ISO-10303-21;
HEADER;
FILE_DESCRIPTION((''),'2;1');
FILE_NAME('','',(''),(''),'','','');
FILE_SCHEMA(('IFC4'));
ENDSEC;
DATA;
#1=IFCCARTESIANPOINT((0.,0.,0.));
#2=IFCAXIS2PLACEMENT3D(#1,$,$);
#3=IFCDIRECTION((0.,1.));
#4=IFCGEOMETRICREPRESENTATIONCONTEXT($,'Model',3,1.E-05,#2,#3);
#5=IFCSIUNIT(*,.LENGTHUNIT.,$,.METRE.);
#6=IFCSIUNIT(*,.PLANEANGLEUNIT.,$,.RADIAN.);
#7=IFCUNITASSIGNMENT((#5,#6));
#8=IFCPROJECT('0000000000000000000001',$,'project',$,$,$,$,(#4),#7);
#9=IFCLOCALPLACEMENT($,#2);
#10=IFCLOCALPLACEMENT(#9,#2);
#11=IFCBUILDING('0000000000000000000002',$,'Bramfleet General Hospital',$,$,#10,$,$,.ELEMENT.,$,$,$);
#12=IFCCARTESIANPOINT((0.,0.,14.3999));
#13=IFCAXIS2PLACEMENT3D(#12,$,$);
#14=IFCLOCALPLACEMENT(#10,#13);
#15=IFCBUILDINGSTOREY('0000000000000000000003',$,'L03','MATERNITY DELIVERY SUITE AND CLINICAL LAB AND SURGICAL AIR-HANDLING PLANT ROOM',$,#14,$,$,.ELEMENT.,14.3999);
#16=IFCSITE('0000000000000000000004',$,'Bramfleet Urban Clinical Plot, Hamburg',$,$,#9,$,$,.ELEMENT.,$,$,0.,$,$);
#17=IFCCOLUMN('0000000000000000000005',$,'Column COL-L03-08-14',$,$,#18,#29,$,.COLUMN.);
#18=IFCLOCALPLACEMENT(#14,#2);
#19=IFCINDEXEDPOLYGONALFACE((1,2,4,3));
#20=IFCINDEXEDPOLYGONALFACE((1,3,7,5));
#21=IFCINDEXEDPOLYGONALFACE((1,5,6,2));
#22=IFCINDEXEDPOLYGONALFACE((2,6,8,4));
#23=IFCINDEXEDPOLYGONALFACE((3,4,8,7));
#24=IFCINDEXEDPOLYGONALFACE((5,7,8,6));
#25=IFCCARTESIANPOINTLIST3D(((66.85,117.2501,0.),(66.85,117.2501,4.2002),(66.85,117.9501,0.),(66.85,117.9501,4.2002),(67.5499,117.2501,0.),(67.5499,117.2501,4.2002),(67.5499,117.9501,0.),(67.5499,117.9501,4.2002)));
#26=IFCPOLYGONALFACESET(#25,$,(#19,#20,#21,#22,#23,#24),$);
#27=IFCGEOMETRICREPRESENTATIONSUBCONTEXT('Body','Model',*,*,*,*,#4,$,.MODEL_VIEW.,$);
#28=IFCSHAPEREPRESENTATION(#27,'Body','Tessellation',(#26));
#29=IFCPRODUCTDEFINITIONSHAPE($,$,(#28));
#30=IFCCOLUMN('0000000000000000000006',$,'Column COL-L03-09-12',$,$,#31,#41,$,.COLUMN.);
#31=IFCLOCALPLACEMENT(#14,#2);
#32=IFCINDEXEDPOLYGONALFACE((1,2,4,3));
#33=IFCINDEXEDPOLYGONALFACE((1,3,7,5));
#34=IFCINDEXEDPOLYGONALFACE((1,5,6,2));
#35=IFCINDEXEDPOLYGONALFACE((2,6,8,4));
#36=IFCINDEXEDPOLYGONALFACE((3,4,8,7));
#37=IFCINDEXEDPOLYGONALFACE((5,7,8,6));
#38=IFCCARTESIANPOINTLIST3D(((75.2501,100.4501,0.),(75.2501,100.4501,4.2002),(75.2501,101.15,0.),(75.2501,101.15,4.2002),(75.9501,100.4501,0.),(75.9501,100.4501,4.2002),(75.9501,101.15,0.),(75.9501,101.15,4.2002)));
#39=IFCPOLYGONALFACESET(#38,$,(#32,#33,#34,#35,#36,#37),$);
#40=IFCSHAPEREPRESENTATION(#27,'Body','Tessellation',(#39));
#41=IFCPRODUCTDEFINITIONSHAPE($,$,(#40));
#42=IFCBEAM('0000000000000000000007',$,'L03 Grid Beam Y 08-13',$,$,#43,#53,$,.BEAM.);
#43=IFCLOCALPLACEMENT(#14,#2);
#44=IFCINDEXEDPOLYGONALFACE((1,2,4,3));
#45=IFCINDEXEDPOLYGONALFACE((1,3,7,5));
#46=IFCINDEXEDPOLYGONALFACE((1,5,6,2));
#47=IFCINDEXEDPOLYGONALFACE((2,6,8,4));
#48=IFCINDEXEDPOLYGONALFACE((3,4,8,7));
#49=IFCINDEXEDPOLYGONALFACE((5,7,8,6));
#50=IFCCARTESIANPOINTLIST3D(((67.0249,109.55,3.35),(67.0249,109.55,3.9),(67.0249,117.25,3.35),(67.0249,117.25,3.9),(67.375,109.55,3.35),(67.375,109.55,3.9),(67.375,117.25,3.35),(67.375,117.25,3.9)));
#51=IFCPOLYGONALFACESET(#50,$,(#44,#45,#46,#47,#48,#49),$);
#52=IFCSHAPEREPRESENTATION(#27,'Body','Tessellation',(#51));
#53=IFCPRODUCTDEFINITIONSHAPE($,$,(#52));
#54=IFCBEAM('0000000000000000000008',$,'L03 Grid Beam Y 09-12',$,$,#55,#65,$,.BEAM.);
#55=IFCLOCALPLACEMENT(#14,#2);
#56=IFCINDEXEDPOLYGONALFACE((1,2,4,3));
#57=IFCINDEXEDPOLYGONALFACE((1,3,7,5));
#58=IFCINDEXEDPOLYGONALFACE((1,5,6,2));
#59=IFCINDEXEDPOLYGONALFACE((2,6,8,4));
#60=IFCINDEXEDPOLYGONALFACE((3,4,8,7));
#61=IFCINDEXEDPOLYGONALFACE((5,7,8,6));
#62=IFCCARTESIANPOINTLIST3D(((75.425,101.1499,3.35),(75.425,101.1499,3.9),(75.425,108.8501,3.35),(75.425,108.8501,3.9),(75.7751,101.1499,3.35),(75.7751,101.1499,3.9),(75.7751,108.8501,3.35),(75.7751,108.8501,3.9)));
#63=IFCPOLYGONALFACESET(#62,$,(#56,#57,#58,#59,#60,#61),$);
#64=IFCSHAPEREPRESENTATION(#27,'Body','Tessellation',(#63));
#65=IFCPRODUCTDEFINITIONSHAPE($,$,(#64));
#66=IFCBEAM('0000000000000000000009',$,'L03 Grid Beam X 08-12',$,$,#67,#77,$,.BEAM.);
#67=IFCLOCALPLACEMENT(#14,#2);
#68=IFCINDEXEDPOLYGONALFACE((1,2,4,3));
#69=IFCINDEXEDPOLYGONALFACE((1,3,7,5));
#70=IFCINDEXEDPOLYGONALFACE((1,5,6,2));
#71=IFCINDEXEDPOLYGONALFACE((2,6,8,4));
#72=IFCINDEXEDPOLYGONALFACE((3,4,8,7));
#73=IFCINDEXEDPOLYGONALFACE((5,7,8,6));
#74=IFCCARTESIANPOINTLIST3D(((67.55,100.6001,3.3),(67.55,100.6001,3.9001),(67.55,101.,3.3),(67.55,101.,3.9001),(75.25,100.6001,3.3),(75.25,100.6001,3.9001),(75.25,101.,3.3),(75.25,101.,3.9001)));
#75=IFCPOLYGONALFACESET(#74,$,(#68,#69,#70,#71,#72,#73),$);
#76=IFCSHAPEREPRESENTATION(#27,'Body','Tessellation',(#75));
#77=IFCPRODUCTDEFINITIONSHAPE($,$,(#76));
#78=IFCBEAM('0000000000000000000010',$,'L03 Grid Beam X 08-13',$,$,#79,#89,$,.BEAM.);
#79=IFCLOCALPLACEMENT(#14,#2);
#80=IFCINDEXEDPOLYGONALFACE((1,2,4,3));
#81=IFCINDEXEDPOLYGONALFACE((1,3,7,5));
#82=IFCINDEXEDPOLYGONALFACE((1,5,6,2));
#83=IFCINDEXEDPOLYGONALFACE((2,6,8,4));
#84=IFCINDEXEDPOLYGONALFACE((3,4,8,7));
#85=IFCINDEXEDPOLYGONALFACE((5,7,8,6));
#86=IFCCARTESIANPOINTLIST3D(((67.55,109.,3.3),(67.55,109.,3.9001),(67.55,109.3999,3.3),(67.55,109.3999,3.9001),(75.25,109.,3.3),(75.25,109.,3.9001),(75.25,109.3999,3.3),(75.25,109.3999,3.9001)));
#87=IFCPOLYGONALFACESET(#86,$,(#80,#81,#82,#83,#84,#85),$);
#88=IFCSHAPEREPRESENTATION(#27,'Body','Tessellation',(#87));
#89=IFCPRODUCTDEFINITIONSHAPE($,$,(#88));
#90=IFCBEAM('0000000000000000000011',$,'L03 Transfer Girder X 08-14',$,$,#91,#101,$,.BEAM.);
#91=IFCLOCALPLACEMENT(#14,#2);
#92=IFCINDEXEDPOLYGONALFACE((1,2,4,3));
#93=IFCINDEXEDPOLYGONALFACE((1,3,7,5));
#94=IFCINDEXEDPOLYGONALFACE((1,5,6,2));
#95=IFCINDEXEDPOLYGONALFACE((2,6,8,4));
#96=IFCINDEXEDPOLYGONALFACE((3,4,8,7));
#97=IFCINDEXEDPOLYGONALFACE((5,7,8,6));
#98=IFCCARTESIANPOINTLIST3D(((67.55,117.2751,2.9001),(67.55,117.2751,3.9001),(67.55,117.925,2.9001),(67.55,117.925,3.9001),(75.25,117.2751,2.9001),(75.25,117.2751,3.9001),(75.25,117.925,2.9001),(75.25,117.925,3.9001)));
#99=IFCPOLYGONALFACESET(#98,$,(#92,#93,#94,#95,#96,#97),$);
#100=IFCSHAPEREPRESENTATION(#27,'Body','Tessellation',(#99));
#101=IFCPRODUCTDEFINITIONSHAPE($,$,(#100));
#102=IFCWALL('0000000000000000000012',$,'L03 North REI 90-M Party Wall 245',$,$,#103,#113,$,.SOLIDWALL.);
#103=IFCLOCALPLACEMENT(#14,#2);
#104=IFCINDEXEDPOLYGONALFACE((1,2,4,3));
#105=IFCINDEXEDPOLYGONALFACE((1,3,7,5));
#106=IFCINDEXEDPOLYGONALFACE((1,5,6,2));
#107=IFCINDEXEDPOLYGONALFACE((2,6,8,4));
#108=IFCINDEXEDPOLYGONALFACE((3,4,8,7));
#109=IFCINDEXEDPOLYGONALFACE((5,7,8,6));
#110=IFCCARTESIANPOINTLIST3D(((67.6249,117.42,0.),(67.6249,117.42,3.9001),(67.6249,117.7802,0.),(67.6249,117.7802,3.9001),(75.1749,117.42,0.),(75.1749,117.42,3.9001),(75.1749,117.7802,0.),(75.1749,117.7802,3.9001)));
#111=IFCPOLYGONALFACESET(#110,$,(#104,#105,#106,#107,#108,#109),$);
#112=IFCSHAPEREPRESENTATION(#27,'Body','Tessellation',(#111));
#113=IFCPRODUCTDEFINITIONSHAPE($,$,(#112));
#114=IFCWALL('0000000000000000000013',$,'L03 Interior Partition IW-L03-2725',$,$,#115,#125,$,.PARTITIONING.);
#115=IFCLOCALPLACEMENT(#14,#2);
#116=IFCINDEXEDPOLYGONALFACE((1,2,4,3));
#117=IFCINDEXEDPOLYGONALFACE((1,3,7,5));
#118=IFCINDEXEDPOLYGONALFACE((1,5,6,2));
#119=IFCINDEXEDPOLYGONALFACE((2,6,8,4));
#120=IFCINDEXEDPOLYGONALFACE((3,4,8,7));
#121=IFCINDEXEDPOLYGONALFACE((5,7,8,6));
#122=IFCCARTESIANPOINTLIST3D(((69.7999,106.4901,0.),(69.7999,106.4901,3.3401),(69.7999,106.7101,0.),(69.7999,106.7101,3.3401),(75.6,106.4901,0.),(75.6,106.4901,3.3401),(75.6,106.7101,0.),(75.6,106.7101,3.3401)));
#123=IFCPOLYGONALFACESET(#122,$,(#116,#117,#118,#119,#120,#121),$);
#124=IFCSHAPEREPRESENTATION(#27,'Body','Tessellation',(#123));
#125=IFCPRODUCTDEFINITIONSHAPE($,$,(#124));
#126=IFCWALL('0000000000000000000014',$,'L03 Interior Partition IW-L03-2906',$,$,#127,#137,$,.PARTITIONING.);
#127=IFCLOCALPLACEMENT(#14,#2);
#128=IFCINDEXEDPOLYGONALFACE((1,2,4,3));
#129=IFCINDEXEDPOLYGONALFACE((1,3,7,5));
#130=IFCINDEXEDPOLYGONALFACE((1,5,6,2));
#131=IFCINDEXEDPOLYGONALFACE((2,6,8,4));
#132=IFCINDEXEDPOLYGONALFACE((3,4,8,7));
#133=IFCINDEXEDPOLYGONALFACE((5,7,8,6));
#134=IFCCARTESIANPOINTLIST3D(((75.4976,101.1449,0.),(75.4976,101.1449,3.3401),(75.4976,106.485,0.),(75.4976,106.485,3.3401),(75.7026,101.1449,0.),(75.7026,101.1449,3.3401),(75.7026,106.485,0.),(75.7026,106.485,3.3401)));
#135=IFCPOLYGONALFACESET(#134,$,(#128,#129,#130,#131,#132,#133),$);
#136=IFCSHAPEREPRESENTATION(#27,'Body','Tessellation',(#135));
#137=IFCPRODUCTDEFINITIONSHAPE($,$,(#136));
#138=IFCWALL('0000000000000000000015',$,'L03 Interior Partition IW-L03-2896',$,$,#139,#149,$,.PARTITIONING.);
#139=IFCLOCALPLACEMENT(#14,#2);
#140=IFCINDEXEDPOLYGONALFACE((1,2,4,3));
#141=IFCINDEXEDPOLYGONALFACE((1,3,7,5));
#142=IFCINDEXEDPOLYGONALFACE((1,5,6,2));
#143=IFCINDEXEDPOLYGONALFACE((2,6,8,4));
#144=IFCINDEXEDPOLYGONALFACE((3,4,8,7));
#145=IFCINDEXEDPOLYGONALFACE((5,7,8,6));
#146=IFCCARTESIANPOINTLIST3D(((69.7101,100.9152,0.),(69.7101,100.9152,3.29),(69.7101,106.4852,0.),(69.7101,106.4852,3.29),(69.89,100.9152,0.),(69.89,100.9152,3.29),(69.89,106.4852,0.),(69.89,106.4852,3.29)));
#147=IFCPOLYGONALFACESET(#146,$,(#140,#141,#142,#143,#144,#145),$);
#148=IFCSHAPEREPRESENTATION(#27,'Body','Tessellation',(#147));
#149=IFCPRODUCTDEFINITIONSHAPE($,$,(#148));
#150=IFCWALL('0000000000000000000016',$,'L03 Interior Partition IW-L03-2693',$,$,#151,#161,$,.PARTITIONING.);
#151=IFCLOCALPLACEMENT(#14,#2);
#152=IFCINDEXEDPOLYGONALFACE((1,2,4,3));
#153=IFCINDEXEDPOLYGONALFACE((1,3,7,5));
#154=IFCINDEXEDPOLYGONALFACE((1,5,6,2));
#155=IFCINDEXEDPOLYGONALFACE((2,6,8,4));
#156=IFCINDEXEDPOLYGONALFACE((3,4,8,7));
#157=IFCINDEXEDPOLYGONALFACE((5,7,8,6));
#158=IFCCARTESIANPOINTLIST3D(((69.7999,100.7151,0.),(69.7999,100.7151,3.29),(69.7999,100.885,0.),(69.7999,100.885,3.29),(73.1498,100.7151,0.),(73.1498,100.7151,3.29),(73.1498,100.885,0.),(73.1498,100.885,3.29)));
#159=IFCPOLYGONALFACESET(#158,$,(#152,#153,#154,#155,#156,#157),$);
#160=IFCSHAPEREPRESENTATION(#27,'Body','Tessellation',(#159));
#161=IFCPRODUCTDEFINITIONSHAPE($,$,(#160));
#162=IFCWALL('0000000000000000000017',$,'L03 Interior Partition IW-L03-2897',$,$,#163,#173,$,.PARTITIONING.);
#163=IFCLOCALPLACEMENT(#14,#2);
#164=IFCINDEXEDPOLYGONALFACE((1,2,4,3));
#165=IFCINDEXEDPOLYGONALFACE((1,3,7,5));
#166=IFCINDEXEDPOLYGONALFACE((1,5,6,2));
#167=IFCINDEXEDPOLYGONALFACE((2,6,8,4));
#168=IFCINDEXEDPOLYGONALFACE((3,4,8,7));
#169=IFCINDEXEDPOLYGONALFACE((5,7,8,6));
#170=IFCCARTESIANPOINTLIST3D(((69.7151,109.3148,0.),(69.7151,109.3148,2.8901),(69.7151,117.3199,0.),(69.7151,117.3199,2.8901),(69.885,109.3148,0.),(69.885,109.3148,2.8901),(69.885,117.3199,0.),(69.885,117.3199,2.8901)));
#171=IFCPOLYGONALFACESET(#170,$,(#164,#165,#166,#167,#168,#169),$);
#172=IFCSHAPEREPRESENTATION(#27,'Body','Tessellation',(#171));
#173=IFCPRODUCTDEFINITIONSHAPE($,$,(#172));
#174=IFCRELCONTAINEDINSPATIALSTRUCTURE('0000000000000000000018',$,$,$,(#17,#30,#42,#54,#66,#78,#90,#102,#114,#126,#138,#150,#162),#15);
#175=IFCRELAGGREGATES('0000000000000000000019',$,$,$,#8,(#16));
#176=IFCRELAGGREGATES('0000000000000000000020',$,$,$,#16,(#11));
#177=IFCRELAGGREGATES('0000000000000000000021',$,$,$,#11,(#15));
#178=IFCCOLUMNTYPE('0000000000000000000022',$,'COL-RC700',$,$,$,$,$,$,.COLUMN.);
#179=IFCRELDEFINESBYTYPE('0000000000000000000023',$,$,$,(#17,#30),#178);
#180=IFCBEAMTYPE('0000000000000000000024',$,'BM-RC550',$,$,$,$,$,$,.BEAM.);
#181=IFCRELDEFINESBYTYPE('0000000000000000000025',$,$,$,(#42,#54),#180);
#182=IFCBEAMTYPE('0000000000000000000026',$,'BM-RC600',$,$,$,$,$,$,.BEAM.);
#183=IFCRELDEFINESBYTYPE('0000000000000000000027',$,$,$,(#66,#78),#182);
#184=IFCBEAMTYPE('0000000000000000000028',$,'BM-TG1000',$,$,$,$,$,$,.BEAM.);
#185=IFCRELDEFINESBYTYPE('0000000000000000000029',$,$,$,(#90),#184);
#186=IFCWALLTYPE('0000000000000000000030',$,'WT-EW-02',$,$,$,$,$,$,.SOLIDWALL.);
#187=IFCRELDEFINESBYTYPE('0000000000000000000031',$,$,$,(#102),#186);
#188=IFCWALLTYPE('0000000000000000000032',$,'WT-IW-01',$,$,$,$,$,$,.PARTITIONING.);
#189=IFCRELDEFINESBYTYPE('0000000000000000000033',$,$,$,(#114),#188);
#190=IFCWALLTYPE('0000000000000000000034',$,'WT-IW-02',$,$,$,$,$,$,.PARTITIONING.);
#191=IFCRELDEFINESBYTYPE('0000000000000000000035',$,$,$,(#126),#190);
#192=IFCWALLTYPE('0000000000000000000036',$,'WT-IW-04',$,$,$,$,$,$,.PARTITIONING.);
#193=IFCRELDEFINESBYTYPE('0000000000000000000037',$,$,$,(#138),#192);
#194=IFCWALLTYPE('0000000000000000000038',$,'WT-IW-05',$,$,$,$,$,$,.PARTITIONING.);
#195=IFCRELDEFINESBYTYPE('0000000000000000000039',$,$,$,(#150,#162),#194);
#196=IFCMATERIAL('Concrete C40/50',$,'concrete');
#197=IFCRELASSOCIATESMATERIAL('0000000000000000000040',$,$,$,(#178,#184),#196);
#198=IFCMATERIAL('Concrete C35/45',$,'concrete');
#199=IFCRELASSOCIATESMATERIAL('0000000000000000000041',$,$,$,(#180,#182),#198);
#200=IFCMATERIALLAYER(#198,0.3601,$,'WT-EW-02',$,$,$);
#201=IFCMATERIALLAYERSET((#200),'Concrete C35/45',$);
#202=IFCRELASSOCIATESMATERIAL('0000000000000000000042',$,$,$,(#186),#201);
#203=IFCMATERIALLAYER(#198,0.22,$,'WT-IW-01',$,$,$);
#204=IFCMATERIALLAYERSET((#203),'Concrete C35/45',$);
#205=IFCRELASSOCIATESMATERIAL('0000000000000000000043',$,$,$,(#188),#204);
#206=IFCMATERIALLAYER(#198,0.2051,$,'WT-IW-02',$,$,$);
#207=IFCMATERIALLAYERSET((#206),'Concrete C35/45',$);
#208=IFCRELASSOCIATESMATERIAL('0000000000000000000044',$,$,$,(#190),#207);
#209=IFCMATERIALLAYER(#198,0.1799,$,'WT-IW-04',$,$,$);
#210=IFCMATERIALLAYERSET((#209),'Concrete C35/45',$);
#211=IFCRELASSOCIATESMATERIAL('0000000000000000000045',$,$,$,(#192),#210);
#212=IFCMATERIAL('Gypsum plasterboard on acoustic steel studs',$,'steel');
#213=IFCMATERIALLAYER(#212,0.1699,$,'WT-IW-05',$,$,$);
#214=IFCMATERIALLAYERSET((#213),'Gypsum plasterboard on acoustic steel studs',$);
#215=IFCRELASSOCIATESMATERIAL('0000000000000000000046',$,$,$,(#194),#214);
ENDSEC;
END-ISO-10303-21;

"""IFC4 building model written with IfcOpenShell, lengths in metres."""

from ifc_helpers import new_model, si_unit, direction, frame, frame_2d, origin, origin_2d, place, context, subcontext, project, spatial, rectangle, extrude, material, layer, layer_set, material_profile, profile_set, type_object, element, save


model = new_model("IFC4")

# Units and contexts
model_context = context("Model", 3, precision=1e-05, world=origin(), true_north=direction((0.0, 1.0)))
body_context = subcontext(model_context, "Body", "Model", "MODEL_VIEW")
ifc_project = project(units=[si_unit("LENGTHUNIT", "METRE"), si_unit("PLANEANGLEUNIT", "RADIAN")], contexts=[model_context])

# Site, building, storey
site_placement = place(None, origin())
site = spatial("IfcSite", under=ifc_project, at=site_placement, Name="Bramfleet Urban Clinical Plot, Hamburg", CompositionType="ELEMENT", RefElevation=0.0)
building_placement = place(site_placement, origin())
building = spatial("IfcBuilding", under=site, at=building_placement, Name="Bramfleet General Hospital", CompositionType="ELEMENT")
storey_placement = place(building_placement, frame((0.0, 0.0, 14.3999)))
storey = spatial("IfcBuildingStorey", under=building, at=storey_placement, Name="L03", Description="MATERNITY DELIVERY SUITE AND CLINICAL LAB AND SURGICAL AIR-HANDLING PLANT ROOM", CompositionType="ELEMENT", Elevation=14.3999)

# Columns
ifc_material_1 = material(Name="Concrete C40/50", Category="concrete")
ifc_material_profile_1 = material_profile(ifc_material_1, rectangle(XDim=0.7, YDim=0.7, at=origin_2d()), Name="RC COL 700x700")
ifc_profile_set_1 = profile_set([ifc_material_profile_1], Name="Concrete C40/50")
column_type = type_object("IfcColumnType", Name="COL-RC700", PredefinedType="COLUMN", material=ifc_profile_set_1)
for number, where, z_axis, x_axis, name in (
    (1, (67.2, 117.6001, 0.0), (0.0, 0.0, 1.0), (1.0, 0.0, 0.0), "Column COL-L03-08-14"),
    (2, (75.6001, 100.8, 0.0), (0.0, 0.0, 1.0), (1.0, 0.0, 0.0), "Column COL-L03-09-12"),
):
    element("IfcColumn", number, at=place(storey_placement, frame(where, z_axis=z_axis, x_axis=x_axis)), inside=storey, type_object=column_type, Name=name, PredefinedType="COLUMN", context=body_context, shape_type="SweptSolid", body=[
        extrude(rectangle(XDim=0.7, YDim=0.7, at=origin_2d()), origin(), (0.0, 0.0, 1.0), 4.2002),
    ])

# Beams
ifc_material_2 = material(Name="Concrete C35/45", Category="concrete")
ifc_material_profile_2 = material_profile(ifc_material_2, rectangle(XDim=0.3501, YDim=0.55, at=origin_2d()), Name="RC BM 550x350")
ifc_profile_set_2 = profile_set([ifc_material_profile_2], Name="Concrete C35/45")
beam_type_1 = type_object("IfcBeamType", Name="BM-RC550", PredefinedType="BEAM", material=ifc_profile_set_2)
beam_1_placement = place(storey_placement, frame((67.2, 109.55, 3.625), z_axis=(0.0, 1.0, 0.0), x_axis=(-1.0, 0.0, 0.0)))
element("IfcBeam", 3, at=beam_1_placement, inside=storey, type_object=beam_type_1, Name="L03 Grid Beam Y 08-13", PredefinedType="BEAM", context=body_context, shape_type="SweptSolid", body=[
    extrude(rectangle(XDim=0.3501, YDim=0.55, at=origin_2d()), origin(), (0.0, 0.0, 1.0), 7.7),
])
beam_2_placement = place(storey_placement, frame((75.6001, 101.1499, 3.625), z_axis=(0.0, 1.0, 0.0), x_axis=(-1.0, 0.0, 0.0)))
element("IfcBeam", 4, at=beam_2_placement, inside=storey, type_object=beam_type_1, Name="L03 Grid Beam Y 09-12", PredefinedType="BEAM", context=body_context, shape_type="SweptSolid", body=[
    extrude(rectangle(XDim=0.3501, YDim=0.55, at=origin_2d()), origin(), (0.0, 0.0, 1.0), 7.7002),
])
ifc_material_profile_3 = material_profile(ifc_material_2, rectangle(XDim=0.3999, YDim=0.6001, at=origin_2d()), Name="RC BM 600x400")
ifc_profile_set_3 = profile_set([ifc_material_profile_3], Name="Concrete C35/45")
beam_type_2 = type_object("IfcBeamType", Name="BM-RC600", PredefinedType="BEAM", material=ifc_profile_set_3)
for number, where, z_axis, x_axis, name in (
    (5, (67.55, 100.8, 3.6001), (1.0, 0.0, 0.0), (0.0, 1.0, 0.0), "L03 Grid Beam X 08-12"),
    (6, (67.55, 109.2, 3.6001), (1.0, 0.0, 0.0), (0.0, 1.0, 0.0), "L03 Grid Beam X 08-13"),
):
    element("IfcBeam", number, at=place(storey_placement, frame(where, z_axis=z_axis, x_axis=x_axis)), inside=storey, type_object=beam_type_2, Name=name, PredefinedType="BEAM", context=body_context, shape_type="SweptSolid", body=[
        extrude(rectangle(XDim=0.3999, YDim=0.6001, at=origin_2d()), origin(), (0.0, 0.0, 1.0), 7.7),
    ])
ifc_material_profile_4 = material_profile(ifc_material_1, rectangle(XDim=0.6499, YDim=1.0, at=origin_2d()), Name="RC TG 1000x650")
ifc_profile_set_4 = profile_set([ifc_material_profile_4], Name="Concrete C40/50")
beam_type_3 = type_object("IfcBeamType", Name="BM-TG1000", PredefinedType="BEAM", material=ifc_profile_set_4)
beam_3_placement = place(storey_placement, frame((67.55, 117.6001, 3.4001), z_axis=(1.0, 0.0, 0.0), x_axis=(0.0, 1.0, 0.0)))
element("IfcBeam", 7, at=beam_3_placement, inside=storey, type_object=beam_type_3, Name="L03 Transfer Girder X 08-14", PredefinedType="BEAM", context=body_context, shape_type="SweptSolid", body=[
    extrude(rectangle(XDim=0.6499, YDim=1.0, at=origin_2d()), origin(), (0.0, 0.0, 1.0), 7.7),
])

# Walls
ifc_layer_1 = layer(ifc_material_2, 0.3601, Name="WT-EW-02")
ifc_layer_set_1 = layer_set([ifc_layer_1], Name="Concrete C35/45")
wall_type_1 = type_object("IfcWallType", Name="WT-EW-02", PredefinedType="SOLIDWALL", material=ifc_layer_set_1)
wall_1_placement = place(storey_placement, frame((67.625, 117.6001, 0.0), z_axis=(0.0, 0.0, 1.0), x_axis=(1.0, 0.0, 0.0)))
element("IfcWall", 8, at=wall_1_placement, inside=storey, type_object=wall_type_1, Name="L03 North REI 90-M Party Wall 245", PredefinedType="SOLIDWALL", context=body_context, shape_type="SweptSolid", body=[
    extrude(rectangle(XDim=7.55, YDim=0.3601, at=frame_2d((3.7749, 0.0))), origin(), (0.0, 0.0, 1.0), 3.9001),
])
ifc_layer_2 = layer(ifc_material_2, 0.22, Name="WT-IW-01")
ifc_layer_set_2 = layer_set([ifc_layer_2], Name="Concrete C35/45")
wall_type_2 = type_object("IfcWallType", Name="WT-IW-01", PredefinedType="PARTITIONING", material=ifc_layer_set_2)
wall_2_placement = place(storey_placement, frame((69.8, 106.6001, 0.0), z_axis=(0.0, 0.0, 1.0), x_axis=(1.0, 0.0, 0.0)))
element("IfcWall", 9, at=wall_2_placement, inside=storey, type_object=wall_type_2, Name="L03 Interior Partition IW-L03-2725", PredefinedType="PARTITIONING", context=body_context, shape_type="SweptSolid", body=[
    extrude(rectangle(XDim=5.8, YDim=0.22, at=frame_2d((2.8999, 0.0))), origin(), (0.0, 0.0, 1.0), 3.3401),
])
ifc_layer_3 = layer(ifc_material_2, 0.2051, Name="WT-IW-02")
ifc_layer_set_3 = layer_set([ifc_layer_3], Name="Concrete C35/45")
wall_type_3 = type_object("IfcWallType", Name="WT-IW-02", PredefinedType="PARTITIONING", material=ifc_layer_set_3)
wall_3_placement = place(storey_placement, frame((75.6001, 101.145, 0.0), z_axis=(0.0, 0.0, 1.0), x_axis=(0.0, 1.0, 0.0)))
element("IfcWall", 10, at=wall_3_placement, inside=storey, type_object=wall_type_3, Name="L03 Interior Partition IW-L03-2906", PredefinedType="PARTITIONING", context=body_context, shape_type="SweptSolid", body=[
    extrude(rectangle(XDim=5.3401, YDim=0.2051, at=frame_2d((2.6699, 0.0))), origin(), (0.0, 0.0, 1.0), 3.3401),
])
ifc_layer_4 = layer(ifc_material_2, 0.1799, Name="WT-IW-04")
ifc_layer_set_4 = layer_set([ifc_layer_4], Name="Concrete C35/45")
wall_type_4 = type_object("IfcWallType", Name="WT-IW-04", PredefinedType="PARTITIONING", material=ifc_layer_set_4)
wall_4_placement = place(storey_placement, frame((69.8, 100.915, 0.0), z_axis=(0.0, 0.0, 1.0), x_axis=(0.0, 1.0, 0.0)))
element("IfcWall", 11, at=wall_4_placement, inside=storey, type_object=wall_type_4, Name="L03 Interior Partition IW-L03-2896", PredefinedType="PARTITIONING", context=body_context, shape_type="SweptSolid", body=[
    extrude(rectangle(XDim=5.5701, YDim=0.1799, at=frame_2d((2.7852, 0.0))), origin(), (0.0, 0.0, 1.0), 3.29),
])
ifc_material_3 = material(Name="Gypsum plasterboard on acoustic steel studs", Category="steel")
ifc_layer_5 = layer(ifc_material_3, 0.1699, Name="WT-IW-05")
ifc_layer_set_5 = layer_set([ifc_layer_5], Name="Gypsum plasterboard on acoustic steel studs")
wall_type_5 = type_object("IfcWallType", Name="WT-IW-05", PredefinedType="PARTITIONING", material=ifc_layer_set_5)
wall_5_placement = place(storey_placement, frame((69.8, 100.8, 0.0), z_axis=(0.0, 0.0, 1.0), x_axis=(1.0, 0.0, 0.0)))
element("IfcWall", 12, at=wall_5_placement, inside=storey, type_object=wall_type_5, Name="L03 Interior Partition IW-L03-2693", PredefinedType="PARTITIONING", context=body_context, shape_type="SweptSolid", body=[
    extrude(rectangle(XDim=3.3499, YDim=0.1699, at=frame_2d((1.6748, 0.0))), origin(), (0.0, 0.0, 1.0), 3.29),
])
wall_6_placement = place(storey_placement, frame((69.8, 109.3149, 0.0), z_axis=(0.0, 0.0, 1.0), x_axis=(0.0, 1.0, 0.0)))
element("IfcWall", 13, at=wall_6_placement, inside=storey, type_object=wall_type_5, Name="L03 Interior Partition IW-L03-2897", PredefinedType="PARTITIONING", context=body_context, shape_type="SweptSolid", body=[
    extrude(rectangle(XDim=8.0051, YDim=0.1699, at=frame_2d((4.0024, 0.0))), origin(), (0.0, 0.0, 1.0), 2.8901),
])

save(model, "model.ifc")
